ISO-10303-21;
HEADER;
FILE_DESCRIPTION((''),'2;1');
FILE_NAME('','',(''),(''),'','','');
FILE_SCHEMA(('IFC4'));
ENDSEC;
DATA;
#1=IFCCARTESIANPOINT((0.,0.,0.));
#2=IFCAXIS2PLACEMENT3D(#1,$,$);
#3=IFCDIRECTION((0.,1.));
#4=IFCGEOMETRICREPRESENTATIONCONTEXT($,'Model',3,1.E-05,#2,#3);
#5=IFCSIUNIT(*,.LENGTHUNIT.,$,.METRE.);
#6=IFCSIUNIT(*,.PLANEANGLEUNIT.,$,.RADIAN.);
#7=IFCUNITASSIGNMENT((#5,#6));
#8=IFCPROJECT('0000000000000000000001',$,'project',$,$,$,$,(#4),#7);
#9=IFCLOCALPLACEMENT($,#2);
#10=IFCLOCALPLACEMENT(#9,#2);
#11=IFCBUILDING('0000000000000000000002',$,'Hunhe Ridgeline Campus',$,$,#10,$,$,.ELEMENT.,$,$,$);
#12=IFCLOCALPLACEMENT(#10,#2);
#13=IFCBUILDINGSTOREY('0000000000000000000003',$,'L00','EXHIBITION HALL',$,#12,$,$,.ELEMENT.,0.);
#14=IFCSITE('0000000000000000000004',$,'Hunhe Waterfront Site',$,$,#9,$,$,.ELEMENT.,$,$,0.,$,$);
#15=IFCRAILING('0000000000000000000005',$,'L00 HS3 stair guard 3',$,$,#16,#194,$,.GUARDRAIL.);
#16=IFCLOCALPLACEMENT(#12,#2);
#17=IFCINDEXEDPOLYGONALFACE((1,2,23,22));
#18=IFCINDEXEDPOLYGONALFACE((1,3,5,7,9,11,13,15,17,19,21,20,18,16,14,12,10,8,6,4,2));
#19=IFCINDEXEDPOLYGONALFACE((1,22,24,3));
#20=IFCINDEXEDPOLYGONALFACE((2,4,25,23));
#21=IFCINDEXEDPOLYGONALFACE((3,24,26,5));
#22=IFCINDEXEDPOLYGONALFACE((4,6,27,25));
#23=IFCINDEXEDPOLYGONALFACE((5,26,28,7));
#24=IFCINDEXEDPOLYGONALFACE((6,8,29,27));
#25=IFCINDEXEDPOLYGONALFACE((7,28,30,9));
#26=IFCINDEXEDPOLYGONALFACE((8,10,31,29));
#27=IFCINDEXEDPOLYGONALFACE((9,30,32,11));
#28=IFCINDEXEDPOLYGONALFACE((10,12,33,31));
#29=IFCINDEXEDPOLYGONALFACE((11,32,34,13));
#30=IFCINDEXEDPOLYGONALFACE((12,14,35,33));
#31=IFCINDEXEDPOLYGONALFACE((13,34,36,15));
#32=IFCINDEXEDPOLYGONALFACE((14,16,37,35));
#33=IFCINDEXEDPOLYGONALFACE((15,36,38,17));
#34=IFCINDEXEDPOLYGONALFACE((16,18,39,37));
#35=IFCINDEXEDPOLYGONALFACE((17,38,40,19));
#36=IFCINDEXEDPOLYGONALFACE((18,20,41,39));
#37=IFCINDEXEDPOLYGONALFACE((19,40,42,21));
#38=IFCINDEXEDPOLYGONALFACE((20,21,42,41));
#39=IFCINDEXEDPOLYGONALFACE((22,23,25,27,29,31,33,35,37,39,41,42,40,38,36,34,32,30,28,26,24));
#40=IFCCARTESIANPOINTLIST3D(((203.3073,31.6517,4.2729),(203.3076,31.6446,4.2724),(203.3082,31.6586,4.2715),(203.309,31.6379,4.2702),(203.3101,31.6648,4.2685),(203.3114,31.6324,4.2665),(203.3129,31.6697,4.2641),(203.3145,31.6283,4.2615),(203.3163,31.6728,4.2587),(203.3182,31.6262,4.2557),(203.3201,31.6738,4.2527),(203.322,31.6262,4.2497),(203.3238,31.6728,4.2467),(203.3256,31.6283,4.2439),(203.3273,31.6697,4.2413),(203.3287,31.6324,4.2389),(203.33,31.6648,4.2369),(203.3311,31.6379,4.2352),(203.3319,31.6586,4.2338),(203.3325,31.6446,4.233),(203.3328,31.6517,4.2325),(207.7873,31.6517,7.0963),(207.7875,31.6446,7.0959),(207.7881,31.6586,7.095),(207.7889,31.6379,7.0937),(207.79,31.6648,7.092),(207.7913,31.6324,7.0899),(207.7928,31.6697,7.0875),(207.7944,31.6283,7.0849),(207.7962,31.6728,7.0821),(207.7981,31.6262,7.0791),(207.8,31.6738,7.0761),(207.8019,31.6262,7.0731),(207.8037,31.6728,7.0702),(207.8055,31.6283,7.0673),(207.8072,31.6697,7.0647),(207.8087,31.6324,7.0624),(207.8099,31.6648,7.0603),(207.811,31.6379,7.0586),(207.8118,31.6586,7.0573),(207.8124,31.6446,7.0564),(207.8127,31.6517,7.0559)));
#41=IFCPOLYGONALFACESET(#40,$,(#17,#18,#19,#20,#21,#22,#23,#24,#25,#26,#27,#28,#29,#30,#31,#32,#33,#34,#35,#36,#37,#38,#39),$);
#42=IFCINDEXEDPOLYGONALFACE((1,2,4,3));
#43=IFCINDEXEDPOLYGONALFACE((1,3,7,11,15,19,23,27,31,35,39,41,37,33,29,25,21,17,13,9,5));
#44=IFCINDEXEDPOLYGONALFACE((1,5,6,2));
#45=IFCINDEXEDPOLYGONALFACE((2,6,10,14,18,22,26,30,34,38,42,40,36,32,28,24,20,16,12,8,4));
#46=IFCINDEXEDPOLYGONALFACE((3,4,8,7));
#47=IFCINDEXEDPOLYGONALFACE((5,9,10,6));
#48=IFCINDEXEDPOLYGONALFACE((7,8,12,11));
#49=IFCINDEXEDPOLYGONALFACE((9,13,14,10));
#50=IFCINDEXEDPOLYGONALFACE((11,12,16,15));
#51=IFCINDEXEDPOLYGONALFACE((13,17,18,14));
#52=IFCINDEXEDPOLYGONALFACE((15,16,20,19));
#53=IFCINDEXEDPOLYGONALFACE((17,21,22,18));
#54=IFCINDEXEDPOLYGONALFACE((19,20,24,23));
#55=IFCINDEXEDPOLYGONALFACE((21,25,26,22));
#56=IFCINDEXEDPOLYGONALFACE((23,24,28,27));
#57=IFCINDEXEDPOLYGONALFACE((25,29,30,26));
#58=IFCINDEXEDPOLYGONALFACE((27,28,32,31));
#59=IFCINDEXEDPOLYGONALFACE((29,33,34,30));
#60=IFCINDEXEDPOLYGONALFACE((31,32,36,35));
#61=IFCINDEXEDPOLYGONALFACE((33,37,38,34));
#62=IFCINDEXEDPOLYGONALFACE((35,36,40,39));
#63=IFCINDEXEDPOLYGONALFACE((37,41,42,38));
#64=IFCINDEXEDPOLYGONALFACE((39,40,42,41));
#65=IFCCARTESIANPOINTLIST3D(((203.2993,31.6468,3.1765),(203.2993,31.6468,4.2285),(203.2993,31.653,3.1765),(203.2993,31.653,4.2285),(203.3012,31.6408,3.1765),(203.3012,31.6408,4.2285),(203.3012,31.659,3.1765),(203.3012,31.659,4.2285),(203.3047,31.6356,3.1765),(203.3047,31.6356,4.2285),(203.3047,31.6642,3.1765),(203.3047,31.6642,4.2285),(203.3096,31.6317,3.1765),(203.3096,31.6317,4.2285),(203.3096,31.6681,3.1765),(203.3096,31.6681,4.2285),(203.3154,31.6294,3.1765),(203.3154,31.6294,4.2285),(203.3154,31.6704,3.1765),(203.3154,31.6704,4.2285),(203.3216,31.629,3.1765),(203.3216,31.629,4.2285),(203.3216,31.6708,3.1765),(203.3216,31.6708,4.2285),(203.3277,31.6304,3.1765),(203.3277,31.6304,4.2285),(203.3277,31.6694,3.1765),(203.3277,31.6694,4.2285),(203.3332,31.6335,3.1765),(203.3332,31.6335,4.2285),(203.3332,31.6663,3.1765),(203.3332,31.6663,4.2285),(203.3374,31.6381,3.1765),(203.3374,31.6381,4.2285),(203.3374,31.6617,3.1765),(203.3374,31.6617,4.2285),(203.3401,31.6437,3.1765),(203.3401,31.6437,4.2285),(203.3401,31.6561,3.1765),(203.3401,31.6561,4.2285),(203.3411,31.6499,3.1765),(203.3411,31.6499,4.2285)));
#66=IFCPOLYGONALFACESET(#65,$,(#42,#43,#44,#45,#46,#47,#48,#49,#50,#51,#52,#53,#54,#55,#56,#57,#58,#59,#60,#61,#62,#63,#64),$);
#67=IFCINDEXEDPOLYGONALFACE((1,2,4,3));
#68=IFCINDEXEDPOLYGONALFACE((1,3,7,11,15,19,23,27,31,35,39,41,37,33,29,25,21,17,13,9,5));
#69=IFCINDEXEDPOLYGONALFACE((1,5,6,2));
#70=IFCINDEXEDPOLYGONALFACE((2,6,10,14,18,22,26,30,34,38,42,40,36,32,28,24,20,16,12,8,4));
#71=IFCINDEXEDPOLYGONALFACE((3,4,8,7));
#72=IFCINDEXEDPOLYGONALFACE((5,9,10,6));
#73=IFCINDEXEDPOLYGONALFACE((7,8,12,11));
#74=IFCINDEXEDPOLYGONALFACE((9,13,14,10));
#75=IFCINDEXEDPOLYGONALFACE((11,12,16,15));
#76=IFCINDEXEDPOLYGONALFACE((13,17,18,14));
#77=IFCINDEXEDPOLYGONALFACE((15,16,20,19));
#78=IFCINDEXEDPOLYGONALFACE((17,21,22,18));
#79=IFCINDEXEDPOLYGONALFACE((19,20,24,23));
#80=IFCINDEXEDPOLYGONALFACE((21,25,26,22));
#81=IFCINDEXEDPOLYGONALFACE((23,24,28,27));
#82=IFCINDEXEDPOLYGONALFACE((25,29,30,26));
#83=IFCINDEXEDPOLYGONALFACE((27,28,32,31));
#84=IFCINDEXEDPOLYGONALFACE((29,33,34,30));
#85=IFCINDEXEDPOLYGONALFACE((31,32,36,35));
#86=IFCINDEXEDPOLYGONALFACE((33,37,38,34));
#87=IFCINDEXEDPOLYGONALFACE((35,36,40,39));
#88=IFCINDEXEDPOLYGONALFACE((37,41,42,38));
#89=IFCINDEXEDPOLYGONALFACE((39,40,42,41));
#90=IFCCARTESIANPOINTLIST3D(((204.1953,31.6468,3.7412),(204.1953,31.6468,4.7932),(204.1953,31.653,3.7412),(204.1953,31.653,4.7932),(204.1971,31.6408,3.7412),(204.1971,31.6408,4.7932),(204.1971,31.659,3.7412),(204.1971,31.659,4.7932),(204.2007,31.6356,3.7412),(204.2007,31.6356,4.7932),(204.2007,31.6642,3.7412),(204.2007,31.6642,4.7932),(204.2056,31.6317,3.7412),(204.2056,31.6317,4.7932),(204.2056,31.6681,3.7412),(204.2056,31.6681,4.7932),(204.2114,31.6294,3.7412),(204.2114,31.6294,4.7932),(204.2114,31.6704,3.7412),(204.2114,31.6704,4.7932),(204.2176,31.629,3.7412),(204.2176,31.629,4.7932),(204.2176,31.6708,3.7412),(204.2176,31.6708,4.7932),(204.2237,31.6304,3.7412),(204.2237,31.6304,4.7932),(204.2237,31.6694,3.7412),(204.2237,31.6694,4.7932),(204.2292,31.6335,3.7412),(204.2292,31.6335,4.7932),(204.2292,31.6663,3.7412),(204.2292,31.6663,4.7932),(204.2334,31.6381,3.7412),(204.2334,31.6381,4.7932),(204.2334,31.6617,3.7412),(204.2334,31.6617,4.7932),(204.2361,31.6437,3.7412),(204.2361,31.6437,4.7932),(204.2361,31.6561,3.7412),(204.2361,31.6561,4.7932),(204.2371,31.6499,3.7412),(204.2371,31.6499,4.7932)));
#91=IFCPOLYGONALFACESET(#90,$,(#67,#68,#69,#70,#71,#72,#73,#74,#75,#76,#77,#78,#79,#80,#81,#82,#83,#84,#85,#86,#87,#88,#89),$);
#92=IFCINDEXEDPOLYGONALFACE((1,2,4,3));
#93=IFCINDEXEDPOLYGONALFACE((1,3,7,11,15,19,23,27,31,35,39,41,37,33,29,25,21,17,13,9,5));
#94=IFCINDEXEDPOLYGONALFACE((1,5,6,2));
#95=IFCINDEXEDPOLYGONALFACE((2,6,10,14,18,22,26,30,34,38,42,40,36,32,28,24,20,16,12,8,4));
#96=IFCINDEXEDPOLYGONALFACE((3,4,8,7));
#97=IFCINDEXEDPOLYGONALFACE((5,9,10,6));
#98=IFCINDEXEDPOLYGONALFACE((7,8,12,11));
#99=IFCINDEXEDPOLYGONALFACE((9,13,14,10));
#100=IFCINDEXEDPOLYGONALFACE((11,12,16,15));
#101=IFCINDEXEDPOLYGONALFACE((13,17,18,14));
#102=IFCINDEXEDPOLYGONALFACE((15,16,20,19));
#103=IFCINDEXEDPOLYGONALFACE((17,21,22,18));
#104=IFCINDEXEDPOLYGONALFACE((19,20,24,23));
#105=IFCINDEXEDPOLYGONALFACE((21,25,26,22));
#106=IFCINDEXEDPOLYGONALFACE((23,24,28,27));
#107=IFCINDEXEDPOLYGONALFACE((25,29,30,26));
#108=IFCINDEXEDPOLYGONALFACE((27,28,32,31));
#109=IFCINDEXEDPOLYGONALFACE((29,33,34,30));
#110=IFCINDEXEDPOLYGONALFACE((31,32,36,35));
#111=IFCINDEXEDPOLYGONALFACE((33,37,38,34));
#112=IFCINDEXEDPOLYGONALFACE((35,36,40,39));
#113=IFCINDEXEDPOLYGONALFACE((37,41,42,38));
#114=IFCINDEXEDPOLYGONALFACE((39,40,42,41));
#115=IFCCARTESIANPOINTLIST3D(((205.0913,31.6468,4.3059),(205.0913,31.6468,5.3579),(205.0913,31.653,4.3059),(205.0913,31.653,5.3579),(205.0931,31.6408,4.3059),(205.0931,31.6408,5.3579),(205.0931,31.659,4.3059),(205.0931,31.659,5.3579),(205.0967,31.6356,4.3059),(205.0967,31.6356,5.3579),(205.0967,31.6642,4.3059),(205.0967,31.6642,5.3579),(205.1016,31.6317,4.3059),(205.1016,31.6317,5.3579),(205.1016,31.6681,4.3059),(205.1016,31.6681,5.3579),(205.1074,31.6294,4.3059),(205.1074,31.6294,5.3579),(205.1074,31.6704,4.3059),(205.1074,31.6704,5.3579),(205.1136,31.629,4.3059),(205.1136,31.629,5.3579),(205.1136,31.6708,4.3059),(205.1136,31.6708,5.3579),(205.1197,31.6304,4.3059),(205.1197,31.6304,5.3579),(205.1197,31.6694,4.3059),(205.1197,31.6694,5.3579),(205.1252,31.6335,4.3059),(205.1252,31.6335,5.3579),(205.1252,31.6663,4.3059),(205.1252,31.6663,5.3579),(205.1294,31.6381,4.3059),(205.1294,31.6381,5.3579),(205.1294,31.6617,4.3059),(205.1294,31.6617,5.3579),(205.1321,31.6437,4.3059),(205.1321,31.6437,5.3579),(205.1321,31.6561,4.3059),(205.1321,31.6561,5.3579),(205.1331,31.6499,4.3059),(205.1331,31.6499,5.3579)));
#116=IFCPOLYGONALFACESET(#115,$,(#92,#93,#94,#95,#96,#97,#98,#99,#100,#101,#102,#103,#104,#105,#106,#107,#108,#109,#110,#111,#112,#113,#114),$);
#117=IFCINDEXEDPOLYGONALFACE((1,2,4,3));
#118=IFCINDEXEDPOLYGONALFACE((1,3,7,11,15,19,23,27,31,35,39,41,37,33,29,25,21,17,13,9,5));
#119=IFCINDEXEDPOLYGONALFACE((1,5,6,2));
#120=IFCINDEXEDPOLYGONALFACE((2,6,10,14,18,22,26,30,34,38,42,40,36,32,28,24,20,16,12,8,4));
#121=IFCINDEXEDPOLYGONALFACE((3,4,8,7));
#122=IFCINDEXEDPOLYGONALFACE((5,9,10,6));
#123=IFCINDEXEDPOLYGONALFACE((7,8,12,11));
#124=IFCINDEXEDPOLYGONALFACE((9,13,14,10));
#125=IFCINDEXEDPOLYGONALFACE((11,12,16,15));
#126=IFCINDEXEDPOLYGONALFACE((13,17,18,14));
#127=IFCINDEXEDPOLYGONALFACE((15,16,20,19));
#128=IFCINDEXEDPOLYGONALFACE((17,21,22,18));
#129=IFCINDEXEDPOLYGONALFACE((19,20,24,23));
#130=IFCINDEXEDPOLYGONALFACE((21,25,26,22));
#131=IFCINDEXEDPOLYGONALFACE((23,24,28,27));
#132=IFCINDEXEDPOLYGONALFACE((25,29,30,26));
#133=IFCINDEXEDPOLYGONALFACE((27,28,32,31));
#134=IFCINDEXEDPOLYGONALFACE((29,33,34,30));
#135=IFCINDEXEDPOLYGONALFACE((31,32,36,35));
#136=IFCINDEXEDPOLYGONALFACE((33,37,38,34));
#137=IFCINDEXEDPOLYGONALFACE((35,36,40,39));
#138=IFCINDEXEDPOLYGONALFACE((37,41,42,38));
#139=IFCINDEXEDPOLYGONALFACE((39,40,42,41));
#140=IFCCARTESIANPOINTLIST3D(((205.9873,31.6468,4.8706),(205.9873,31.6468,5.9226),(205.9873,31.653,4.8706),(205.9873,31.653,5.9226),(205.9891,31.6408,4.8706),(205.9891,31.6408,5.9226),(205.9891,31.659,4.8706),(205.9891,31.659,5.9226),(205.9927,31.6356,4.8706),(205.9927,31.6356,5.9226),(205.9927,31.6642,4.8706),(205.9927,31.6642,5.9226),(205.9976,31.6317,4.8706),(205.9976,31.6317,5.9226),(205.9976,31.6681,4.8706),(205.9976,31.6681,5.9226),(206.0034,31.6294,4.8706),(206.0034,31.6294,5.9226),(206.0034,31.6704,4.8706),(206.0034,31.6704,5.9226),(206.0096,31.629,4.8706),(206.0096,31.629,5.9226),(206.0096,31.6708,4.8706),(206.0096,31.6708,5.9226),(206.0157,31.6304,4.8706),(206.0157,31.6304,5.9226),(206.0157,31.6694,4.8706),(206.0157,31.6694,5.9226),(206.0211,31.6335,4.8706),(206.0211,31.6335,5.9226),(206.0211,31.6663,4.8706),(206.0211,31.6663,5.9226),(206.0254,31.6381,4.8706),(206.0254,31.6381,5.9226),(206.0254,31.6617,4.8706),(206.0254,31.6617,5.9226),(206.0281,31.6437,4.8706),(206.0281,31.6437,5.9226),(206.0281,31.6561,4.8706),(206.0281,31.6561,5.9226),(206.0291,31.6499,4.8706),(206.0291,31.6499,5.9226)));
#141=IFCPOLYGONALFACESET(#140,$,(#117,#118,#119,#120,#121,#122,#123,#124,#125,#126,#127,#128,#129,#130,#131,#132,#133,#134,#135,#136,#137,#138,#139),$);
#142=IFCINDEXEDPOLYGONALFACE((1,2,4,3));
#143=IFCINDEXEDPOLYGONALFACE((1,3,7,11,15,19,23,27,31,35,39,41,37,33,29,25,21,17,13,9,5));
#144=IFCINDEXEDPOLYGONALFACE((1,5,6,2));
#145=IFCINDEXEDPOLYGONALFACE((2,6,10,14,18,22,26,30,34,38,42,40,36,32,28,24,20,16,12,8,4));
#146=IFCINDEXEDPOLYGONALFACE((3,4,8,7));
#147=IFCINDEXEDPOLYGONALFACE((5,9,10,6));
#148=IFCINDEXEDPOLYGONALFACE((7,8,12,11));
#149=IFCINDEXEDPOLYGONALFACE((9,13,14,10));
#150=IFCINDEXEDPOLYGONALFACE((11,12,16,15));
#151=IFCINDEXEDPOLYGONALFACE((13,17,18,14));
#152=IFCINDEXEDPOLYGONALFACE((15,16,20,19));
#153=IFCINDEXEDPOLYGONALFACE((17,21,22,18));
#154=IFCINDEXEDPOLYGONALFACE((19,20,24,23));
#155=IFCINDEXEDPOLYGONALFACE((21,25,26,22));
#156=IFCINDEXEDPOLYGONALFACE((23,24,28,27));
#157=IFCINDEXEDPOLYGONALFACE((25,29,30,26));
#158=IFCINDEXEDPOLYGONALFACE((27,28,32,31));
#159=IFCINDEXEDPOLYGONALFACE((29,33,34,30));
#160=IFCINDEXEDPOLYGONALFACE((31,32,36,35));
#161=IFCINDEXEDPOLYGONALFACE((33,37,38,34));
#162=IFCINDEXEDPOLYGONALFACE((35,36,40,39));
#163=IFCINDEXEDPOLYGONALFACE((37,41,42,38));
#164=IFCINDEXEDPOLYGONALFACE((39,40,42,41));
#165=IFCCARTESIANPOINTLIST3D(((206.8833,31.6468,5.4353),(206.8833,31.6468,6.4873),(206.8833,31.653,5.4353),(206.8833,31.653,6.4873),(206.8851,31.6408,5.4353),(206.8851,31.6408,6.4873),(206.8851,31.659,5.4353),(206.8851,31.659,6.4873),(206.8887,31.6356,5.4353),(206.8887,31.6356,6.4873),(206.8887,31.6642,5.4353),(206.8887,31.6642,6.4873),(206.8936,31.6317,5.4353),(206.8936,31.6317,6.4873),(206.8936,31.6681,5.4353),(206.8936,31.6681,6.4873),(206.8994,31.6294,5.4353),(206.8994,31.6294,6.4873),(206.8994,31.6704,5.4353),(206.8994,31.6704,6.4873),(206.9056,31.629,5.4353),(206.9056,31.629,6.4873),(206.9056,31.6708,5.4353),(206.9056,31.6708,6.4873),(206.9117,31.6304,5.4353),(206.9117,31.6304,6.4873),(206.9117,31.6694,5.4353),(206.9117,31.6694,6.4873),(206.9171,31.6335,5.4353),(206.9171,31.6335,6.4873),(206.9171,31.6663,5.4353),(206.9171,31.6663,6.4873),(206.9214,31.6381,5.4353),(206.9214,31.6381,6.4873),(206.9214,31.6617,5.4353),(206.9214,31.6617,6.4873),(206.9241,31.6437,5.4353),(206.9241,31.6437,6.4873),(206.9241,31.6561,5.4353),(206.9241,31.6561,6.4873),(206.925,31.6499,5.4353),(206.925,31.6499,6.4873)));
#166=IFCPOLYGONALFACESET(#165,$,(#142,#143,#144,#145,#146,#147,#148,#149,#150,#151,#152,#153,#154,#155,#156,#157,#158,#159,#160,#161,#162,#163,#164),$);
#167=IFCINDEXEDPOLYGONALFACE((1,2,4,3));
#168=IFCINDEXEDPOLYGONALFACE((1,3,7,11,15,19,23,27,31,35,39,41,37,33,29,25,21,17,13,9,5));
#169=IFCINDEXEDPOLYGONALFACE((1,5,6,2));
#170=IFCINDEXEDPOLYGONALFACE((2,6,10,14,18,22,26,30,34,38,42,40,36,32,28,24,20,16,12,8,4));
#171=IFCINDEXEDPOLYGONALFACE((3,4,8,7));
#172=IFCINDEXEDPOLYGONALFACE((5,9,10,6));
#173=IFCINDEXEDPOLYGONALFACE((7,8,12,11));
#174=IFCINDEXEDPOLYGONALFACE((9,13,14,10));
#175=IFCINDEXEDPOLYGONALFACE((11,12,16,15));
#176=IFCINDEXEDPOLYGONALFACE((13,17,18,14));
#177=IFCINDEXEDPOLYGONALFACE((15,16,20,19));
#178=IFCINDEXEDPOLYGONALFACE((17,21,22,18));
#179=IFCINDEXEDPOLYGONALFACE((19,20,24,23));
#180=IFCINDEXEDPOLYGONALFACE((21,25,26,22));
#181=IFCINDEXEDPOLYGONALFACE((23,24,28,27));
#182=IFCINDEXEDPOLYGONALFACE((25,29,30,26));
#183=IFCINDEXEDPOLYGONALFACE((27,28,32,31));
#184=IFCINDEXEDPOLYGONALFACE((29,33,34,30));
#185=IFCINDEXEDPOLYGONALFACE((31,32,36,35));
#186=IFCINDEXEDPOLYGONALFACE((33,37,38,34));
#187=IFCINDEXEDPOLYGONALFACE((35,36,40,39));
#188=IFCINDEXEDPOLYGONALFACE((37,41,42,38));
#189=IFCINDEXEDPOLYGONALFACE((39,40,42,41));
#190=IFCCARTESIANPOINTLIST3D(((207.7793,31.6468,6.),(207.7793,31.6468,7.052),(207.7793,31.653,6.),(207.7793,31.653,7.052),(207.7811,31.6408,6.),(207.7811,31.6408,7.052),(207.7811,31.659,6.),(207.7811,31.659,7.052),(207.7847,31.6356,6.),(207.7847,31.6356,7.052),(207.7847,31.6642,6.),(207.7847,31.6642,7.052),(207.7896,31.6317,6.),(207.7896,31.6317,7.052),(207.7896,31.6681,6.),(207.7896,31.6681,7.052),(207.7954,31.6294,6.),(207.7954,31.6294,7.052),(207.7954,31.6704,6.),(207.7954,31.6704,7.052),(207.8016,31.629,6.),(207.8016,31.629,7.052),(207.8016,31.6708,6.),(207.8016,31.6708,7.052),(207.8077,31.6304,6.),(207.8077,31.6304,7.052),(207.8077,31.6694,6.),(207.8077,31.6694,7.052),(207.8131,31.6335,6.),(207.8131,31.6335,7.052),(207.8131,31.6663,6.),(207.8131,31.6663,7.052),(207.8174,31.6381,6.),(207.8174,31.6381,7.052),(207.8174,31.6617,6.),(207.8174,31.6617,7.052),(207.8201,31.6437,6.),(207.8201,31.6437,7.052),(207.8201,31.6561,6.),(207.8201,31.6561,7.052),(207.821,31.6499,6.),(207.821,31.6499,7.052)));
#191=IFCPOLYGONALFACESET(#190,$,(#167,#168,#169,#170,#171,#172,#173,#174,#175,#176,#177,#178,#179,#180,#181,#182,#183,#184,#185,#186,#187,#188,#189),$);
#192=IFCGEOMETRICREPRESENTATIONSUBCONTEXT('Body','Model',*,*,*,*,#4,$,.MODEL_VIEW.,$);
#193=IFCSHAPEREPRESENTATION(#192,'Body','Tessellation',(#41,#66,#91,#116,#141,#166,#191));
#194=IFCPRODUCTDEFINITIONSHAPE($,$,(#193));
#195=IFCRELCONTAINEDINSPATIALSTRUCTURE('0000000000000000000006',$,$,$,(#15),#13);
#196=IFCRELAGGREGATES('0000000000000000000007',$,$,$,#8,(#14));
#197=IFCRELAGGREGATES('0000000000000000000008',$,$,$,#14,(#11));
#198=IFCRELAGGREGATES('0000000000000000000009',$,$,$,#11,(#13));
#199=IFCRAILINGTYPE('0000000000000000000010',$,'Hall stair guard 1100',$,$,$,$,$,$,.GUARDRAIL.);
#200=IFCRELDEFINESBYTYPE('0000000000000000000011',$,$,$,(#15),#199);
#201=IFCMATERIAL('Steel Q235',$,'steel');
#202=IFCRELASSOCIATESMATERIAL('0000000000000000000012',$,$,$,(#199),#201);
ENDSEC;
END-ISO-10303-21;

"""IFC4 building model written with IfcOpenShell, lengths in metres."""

from ifc_helpers import new_model, si_unit, direction, frame, origin, origin_2d, place, context, subcontext, project, spatial, circle, extrude, material, type_object, element, save


model = new_model("IFC4")

# Units and contexts
model_context = context("Model", 3, precision=1e-05, world=origin(), true_north=direction((0.0, 1.0)))
body_context = subcontext(model_context, "Body", "Model", "MODEL_VIEW")
ifc_project = project(units=[si_unit("LENGTHUNIT", "METRE"), si_unit("PLANEANGLEUNIT", "RADIAN")], contexts=[model_context])

# Site, building, storey
site_placement = place(None, origin())
site = spatial("IfcSite", under=ifc_project, at=site_placement, Name="Hunhe Waterfront Site", CompositionType="ELEMENT", RefElevation=0.0)
building_placement = place(site_placement, origin())
building = spatial("IfcBuilding", under=site, at=building_placement, Name="Hunhe Ridgeline Campus", CompositionType="ELEMENT")
storey_placement = place(building_placement, origin())
storey = spatial("IfcBuildingStorey", under=building, at=storey_placement, Name="L00", Description="EXHIBITION HALL", CompositionType="ELEMENT", Elevation=0.0)

# Shared definitions
ifc_material_1 = material(Name="Steel Q235", Category="steel")

# Railing
railing_type_1 = type_object("IfcRailingType", Name="Hall stair guard 1100", PredefinedType="GUARDRAIL", material=ifc_material_1)
railing_1_placement = place(storey_placement, frame((203.3201, 31.6499, 3.1765)))
element("IfcRailing", 1, at=railing_1_placement, inside=storey, type_object=railing_type_1, Name="L00 HS3 stair guard 3", PredefinedType="GUARDRAIL", context=body_context, shape_type="SweptSolid", body=[
    extrude(circle(Radius=0.0239, at=origin_2d()), frame((0.0, 0.0, 1.0762), z_axis=(0.845998, 0.0, 0.533186), x_axis=(0.0, 1.0, 0.0)), (0.0, 0.0, 1.0), 5.2954),
    extrude(circle(Radius=0.021, at=origin_2d()), origin(), (0.0, 0.0, 1.0), 1.052),
    extrude(circle(Radius=0.021, at=origin_2d()), frame((0.896, 0.0, 0.5647)), (0.0, 0.0, 1.0), 1.052),
    extrude(circle(Radius=0.021, at=origin_2d()), frame((1.792, 0.0, 1.1294)), (0.0, 0.0, 1.0), 1.052),
    extrude(circle(Radius=0.021, at=origin_2d()), frame((2.688, 0.0, 1.6941)), (0.0, 0.0, 1.0), 1.052),
    extrude(circle(Radius=0.021, at=origin_2d()), frame((3.584, 0.0, 2.2588)), (0.0, 0.0, 1.0), 1.052),
    extrude(circle(Radius=0.021, at=origin_2d()), frame((4.48, 0.0, 2.8235)), (0.0, 0.0, 1.0), 1.052),
])

save(model, "model.ifc")
